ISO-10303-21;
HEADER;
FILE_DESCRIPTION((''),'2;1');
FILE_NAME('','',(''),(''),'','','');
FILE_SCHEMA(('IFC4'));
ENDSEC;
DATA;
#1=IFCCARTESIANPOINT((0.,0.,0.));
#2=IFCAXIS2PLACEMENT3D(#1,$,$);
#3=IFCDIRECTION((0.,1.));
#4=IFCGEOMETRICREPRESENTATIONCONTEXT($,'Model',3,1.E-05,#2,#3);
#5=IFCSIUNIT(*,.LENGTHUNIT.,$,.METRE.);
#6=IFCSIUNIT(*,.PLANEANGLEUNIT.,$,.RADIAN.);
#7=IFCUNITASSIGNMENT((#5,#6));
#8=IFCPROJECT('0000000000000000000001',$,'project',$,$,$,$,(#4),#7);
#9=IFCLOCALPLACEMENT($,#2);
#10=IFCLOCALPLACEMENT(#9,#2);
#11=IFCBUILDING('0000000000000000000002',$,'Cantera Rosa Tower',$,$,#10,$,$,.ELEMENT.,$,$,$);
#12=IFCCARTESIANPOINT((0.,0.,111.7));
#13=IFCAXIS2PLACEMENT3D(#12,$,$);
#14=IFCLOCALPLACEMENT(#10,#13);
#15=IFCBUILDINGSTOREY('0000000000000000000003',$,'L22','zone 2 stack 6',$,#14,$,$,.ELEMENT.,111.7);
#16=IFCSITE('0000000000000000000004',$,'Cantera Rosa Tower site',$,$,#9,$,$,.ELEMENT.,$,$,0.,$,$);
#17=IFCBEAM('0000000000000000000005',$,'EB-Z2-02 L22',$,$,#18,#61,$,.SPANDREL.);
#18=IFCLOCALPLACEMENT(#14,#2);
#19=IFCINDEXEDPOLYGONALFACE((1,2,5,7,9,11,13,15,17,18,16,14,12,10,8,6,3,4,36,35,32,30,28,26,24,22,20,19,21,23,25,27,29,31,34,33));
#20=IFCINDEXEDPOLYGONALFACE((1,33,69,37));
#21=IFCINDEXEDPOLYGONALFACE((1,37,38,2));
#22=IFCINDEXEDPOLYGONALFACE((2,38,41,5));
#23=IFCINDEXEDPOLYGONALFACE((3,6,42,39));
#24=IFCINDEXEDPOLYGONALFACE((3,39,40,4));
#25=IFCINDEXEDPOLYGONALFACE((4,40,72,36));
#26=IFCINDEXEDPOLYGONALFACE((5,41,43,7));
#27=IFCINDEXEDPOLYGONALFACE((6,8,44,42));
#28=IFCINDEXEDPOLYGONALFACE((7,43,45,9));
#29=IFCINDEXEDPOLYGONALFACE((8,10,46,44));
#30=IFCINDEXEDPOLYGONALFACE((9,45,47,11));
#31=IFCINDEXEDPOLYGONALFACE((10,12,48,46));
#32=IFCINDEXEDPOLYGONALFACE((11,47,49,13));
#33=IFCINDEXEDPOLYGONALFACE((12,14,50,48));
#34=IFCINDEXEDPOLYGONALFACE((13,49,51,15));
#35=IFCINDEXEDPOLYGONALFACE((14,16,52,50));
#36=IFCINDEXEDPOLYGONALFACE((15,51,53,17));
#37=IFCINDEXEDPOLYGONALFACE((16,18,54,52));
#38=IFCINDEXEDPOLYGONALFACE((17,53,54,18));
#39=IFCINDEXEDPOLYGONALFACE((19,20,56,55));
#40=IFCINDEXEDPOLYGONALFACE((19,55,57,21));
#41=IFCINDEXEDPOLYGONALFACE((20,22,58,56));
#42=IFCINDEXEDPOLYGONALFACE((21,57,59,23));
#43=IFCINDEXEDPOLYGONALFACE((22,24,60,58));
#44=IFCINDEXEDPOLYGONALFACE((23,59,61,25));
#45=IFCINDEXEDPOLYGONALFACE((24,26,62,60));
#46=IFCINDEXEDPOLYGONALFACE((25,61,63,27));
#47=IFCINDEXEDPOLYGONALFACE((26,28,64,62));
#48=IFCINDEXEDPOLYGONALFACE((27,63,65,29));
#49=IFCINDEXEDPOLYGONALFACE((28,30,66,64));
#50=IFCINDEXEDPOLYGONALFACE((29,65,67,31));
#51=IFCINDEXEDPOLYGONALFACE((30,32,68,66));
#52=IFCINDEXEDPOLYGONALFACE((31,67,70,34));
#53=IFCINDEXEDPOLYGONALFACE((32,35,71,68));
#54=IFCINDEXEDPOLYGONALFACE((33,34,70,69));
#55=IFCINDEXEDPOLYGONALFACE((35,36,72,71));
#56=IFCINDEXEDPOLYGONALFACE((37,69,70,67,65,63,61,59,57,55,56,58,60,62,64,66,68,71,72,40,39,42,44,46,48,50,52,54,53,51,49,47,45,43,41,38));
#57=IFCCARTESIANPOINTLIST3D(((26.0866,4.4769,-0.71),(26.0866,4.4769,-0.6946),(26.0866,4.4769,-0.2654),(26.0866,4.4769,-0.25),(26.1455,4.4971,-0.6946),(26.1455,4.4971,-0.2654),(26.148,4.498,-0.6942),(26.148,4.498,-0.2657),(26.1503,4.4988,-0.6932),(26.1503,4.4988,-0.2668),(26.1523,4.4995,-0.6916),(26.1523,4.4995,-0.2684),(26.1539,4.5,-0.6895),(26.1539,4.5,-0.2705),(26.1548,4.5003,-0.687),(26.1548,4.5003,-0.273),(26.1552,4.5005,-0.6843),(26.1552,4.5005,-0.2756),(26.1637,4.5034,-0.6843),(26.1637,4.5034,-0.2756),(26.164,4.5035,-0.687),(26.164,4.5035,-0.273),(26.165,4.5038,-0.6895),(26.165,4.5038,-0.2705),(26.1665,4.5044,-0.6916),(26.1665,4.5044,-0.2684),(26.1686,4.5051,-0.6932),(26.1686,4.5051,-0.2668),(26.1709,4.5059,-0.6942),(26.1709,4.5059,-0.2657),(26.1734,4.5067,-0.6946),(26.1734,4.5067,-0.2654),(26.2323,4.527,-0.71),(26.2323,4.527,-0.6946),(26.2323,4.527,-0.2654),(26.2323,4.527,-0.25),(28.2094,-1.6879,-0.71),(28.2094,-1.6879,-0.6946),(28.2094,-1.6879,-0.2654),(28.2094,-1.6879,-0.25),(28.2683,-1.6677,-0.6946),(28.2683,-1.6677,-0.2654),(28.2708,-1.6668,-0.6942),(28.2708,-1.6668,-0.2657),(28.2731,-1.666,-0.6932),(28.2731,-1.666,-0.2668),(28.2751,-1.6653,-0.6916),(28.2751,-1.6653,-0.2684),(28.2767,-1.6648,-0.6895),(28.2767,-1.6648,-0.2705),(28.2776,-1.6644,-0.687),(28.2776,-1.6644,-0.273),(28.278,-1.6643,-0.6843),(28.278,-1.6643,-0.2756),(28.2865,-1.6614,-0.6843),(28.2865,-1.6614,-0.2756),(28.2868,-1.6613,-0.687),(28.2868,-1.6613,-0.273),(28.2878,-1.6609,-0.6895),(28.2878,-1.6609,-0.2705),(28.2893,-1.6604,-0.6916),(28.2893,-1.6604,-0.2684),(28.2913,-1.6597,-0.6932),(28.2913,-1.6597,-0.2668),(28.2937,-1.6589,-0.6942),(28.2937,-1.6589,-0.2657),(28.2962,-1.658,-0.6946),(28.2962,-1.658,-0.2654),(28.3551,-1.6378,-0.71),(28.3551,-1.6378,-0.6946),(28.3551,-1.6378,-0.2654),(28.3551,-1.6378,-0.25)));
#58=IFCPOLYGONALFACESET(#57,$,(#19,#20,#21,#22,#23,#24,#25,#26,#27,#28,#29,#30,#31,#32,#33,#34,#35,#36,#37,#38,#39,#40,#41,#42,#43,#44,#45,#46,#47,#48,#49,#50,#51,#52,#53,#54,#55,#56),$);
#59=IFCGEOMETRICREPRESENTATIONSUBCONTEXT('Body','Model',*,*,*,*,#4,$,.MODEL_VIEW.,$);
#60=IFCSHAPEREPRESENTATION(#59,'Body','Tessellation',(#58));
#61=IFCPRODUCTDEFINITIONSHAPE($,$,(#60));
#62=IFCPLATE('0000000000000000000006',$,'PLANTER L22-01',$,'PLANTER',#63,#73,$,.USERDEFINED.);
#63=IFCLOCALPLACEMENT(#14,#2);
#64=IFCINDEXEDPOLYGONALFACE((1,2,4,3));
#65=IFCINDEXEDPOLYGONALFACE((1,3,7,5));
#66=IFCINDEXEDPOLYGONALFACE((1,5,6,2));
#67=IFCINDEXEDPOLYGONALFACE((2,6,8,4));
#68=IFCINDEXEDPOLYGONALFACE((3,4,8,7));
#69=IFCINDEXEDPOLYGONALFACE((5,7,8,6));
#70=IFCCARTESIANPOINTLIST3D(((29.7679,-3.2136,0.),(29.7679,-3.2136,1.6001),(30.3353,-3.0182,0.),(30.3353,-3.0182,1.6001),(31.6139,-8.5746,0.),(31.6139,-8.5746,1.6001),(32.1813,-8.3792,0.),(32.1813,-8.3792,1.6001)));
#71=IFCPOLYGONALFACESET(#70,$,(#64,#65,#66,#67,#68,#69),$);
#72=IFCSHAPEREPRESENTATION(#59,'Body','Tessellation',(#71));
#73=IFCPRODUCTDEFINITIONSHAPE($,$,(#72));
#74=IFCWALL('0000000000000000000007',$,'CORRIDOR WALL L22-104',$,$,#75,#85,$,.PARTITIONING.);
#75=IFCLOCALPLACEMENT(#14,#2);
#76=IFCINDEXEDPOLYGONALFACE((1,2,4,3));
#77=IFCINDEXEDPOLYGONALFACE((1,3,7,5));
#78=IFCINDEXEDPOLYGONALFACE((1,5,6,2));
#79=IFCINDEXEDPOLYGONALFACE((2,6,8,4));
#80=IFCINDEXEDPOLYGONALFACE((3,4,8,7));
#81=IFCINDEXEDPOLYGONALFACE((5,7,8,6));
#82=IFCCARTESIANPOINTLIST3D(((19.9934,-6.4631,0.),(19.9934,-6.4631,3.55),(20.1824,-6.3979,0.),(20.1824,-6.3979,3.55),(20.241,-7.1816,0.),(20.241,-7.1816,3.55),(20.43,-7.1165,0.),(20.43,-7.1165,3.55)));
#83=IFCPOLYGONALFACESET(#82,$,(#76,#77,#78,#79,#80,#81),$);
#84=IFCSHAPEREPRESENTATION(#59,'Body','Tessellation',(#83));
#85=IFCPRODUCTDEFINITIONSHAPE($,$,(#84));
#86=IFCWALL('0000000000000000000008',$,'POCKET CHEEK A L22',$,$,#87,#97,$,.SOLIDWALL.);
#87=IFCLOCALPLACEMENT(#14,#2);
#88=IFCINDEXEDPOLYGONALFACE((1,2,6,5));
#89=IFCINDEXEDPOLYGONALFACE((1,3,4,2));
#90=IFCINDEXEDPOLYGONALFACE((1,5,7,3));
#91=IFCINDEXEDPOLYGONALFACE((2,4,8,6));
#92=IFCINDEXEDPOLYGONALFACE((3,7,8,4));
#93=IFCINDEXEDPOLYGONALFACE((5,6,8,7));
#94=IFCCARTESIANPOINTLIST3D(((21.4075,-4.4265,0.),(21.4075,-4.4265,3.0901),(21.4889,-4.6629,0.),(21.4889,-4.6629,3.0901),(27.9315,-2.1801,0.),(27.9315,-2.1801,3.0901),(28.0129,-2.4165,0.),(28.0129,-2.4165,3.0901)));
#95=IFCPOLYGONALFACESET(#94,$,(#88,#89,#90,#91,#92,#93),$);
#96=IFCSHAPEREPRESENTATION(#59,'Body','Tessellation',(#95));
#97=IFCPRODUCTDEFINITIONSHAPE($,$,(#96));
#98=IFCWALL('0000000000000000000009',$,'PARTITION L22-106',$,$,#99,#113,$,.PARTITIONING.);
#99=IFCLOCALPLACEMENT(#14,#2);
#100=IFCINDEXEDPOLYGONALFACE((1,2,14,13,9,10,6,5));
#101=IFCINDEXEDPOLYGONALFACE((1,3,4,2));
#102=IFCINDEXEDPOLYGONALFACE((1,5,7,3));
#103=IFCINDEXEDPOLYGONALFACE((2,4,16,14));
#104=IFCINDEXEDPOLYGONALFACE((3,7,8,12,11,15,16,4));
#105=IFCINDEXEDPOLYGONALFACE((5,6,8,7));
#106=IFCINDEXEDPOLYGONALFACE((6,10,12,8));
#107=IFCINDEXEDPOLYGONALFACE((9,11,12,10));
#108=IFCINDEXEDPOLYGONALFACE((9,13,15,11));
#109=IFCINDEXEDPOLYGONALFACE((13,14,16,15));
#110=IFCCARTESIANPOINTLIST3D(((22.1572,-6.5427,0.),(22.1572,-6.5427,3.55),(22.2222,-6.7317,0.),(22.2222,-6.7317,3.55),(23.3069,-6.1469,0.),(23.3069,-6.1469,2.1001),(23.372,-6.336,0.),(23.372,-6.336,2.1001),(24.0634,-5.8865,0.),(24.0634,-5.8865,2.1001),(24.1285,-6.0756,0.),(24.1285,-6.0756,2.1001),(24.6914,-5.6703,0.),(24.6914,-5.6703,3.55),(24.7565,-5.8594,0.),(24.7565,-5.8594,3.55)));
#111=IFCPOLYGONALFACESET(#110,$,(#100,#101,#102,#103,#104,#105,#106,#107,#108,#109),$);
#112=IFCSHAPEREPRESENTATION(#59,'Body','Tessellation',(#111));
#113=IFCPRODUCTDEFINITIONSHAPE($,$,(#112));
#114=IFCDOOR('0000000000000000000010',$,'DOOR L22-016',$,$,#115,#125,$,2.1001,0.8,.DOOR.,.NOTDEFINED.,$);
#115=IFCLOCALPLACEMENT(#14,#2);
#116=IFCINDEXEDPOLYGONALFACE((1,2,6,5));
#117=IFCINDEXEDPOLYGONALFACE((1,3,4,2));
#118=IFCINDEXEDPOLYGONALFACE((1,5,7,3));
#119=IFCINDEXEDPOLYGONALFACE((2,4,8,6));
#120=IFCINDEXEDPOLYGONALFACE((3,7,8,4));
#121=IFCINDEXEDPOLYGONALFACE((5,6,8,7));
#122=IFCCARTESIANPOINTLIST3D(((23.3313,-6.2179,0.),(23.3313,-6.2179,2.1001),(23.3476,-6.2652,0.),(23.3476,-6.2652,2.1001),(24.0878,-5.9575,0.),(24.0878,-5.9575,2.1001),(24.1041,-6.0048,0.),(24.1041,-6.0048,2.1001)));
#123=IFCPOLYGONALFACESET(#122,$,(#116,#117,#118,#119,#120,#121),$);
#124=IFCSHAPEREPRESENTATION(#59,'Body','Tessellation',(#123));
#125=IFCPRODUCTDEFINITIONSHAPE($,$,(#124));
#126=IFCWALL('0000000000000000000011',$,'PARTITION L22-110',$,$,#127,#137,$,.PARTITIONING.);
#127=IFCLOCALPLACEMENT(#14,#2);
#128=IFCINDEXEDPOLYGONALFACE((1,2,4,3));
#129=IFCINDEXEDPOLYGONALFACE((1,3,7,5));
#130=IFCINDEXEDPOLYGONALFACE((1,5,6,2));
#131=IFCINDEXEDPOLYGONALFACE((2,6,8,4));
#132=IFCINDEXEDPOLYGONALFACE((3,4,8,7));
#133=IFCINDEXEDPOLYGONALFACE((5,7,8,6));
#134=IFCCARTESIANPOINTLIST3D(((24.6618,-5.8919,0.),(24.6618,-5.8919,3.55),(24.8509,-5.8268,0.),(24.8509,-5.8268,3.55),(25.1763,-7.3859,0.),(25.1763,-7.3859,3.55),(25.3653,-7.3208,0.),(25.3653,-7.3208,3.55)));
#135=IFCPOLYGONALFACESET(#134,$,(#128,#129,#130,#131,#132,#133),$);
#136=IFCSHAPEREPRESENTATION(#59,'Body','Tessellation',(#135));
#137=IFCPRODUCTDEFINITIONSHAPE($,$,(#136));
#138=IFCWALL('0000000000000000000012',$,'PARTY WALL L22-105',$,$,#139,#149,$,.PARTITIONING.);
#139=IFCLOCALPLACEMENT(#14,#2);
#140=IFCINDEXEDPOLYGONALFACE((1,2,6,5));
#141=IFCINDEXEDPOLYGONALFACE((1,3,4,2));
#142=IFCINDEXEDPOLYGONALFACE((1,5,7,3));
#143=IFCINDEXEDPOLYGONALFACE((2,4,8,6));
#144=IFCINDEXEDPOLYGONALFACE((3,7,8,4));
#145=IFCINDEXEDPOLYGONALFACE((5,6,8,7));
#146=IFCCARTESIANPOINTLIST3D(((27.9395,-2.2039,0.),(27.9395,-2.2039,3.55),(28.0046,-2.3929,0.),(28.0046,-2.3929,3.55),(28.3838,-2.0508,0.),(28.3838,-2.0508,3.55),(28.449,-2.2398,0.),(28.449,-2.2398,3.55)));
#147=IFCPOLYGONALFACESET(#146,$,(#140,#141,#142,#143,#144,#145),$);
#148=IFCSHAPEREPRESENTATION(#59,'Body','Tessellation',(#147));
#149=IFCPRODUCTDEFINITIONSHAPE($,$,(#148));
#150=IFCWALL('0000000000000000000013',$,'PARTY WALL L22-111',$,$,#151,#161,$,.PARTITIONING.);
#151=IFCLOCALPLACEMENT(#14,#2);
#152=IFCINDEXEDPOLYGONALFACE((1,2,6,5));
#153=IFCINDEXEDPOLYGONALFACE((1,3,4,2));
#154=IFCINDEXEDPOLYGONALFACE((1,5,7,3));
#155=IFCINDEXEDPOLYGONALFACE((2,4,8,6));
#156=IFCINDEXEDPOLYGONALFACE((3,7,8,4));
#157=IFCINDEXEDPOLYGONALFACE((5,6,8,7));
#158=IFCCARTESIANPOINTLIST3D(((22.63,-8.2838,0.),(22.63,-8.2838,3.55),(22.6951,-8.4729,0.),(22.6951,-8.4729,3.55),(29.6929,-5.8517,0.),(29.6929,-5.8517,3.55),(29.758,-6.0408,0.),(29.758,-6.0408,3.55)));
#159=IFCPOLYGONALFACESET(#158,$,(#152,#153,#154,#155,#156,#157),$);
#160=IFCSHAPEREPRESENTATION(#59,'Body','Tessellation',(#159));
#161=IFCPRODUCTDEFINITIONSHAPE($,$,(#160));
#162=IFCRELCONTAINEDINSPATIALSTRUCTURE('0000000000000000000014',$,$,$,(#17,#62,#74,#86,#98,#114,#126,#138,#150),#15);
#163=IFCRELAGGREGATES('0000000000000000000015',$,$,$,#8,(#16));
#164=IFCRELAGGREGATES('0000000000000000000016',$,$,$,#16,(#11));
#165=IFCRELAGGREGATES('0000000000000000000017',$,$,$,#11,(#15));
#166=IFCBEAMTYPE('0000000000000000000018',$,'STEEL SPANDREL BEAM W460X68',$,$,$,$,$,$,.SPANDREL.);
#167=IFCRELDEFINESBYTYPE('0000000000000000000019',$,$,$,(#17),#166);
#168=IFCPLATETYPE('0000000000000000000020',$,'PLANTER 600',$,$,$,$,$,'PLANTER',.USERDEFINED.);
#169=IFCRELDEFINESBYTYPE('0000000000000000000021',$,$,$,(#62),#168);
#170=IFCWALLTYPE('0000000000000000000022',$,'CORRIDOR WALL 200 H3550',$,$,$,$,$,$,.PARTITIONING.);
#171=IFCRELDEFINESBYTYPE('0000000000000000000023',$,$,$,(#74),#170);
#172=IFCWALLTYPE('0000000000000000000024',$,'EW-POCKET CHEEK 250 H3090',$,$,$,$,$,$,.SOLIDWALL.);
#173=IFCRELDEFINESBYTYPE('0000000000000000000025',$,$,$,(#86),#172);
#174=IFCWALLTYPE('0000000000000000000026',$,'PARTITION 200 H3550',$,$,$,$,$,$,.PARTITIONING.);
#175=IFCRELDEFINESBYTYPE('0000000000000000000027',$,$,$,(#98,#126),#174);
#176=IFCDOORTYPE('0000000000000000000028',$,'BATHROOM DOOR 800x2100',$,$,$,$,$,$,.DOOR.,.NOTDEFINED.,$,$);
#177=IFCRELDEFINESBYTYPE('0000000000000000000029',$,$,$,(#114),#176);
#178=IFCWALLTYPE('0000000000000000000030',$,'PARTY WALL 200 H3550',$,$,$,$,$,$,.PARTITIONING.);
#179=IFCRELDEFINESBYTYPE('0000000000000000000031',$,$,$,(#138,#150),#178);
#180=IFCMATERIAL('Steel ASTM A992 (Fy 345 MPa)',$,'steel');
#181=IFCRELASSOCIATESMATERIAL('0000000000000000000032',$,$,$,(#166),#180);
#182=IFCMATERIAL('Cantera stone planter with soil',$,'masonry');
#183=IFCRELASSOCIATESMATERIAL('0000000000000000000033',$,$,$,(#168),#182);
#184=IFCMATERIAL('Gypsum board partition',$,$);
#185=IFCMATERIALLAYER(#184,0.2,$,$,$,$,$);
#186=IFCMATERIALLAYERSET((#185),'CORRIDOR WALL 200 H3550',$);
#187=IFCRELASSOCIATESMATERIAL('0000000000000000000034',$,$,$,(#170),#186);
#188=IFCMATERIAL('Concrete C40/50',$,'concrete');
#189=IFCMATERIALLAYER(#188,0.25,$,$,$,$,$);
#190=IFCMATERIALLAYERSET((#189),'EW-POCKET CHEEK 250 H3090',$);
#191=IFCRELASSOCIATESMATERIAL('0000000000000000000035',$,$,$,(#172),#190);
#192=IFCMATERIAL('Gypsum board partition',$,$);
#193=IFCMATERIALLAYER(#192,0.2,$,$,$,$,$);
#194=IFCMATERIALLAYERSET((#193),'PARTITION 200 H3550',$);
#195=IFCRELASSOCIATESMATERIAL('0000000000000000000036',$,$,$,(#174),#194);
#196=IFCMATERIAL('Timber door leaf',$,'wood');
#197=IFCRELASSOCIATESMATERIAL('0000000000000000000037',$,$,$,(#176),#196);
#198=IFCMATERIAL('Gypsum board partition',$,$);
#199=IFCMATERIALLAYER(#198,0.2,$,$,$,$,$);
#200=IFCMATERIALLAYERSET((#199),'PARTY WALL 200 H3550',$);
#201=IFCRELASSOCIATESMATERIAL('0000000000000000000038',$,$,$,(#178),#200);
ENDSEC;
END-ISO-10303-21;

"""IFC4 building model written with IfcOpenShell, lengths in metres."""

from ifc_helpers import new_model, si_unit, direction, frame, frame_2d, origin, origin_2d, place, context, subcontext, project, spatial, rectangle, i_section, extrude, material, layer, layer_set, material_profile, profile_set, type_object, element, fill, save


model = new_model("IFC4")

# Units and contexts
model_context = context("Model", 3, precision=1e-05, world=origin(), true_north=direction((0.0, 1.0)))
body_context = subcontext(model_context, "Body", "Model", "MODEL_VIEW")
ifc_project = project(units=[si_unit("LENGTHUNIT", "METRE"), si_unit("PLANEANGLEUNIT", "RADIAN")], contexts=[model_context])

# Site, building, storey
site_placement = place(None, origin())
site = spatial("IfcSite", under=ifc_project, at=site_placement, Name="Cantera Rosa Tower site", CompositionType="ELEMENT", RefElevation=0.0)
building_placement = place(site_placement, origin())
building = spatial("IfcBuilding", under=site, at=building_placement, Name="Cantera Rosa Tower", CompositionType="ELEMENT")
storey_placement = place(building_placement, frame((0.0, 0.0, 111.7)))
storey = spatial("IfcBuildingStorey", under=building, at=storey_placement, Name="L22", Description="zone 2 stack 6", CompositionType="ELEMENT", Elevation=111.7)

# Beam
ifc_material_1 = material(Name="Steel ASTM A992 (Fy 345 MPa)", Category="steel")
ifc_material_profile_1 = material_profile(ifc_material_1, i_section(OverallWidth=0.1541, OverallDepth=0.46, WebThickness=0.009, FlangeThickness=0.0154, FilletRadius=0.0103, at=origin_2d()), Name="W460X68")
ifc_profile_set_1 = profile_set([ifc_material_profile_1], Name="Steel ASTM A992 (Fy 345 MPa)")
beam_type_1 = type_object("IfcBeamType", Name="STEEL SPANDREL BEAM W460X68", PredefinedType="SPANDREL", material=ifc_profile_set_1)
beam_1_placement = place(storey_placement, frame((28.2822, -1.6628, -0.48), z_axis=(-0.325581, 0.945514, 0.0), x_axis=(-0.945514, -0.325581, 0.0)))
element("IfcBeam", 1, at=beam_1_placement, inside=storey, type_object=beam_type_1, Name="EB-Z2-02 L22", PredefinedType="SPANDREL", context=body_context, shape_type="SweptSolid", body=[
    extrude(i_section(OverallWidth=0.1541, OverallDepth=0.46, WebThickness=0.009, FlangeThickness=0.0154, FilletRadius=0.0103, at=origin_2d()), origin(), (0.0, 0.0, 1.0), 6.52),
])

# Plate
ifc_material_2 = material(Name="Cantera stone planter with soil", Category="masonry")
plate_type = type_object("IfcPlateType", Name="PLANTER 600", ElementType="PLANTER", PredefinedType="USERDEFINED", material=ifc_material_2)
plate_placement = place(storey_placement, frame((30.9746, -5.7964, 0.0), z_axis=(0.0, 0.0, 1.0), x_axis=(-0.325568, 0.945519, 0.0)))
element("IfcPlate", 2, at=plate_placement, inside=storey, type_object=plate_type, Name="PLANTER L22-01", ObjectType="PLANTER", PredefinedType="USERDEFINED", context=body_context, shape_type="SweptSolid", body=[
    extrude(rectangle(XDim=5.6699, YDim=0.6001, at=origin_2d()), origin(), (0.0, 0.0, 1.0), 1.6001),
])

# Walls
ifc_material_3 = material(Name="Gypsum board partition")
ifc_layer_1 = layer(ifc_material_3, 0.2)
ifc_layer_set_1 = layer_set([ifc_layer_1], Name="CORRIDOR WALL 200 H3550")
wall_type_1 = type_object("IfcWallType", Name="CORRIDOR WALL 200 H3550", PredefinedType="PARTITIONING", material=ifc_layer_set_1)
wall_1_placement = place(storey_placement, frame((20.3354, -7.1489, 0.0), z_axis=(0.0, 0.0, 1.0), x_axis=(-0.325753, 0.945455, 0.0)))
element("IfcWall", 3, at=wall_1_placement, inside=storey, type_object=wall_type_1, Name="CORRIDOR WALL L22-104", PredefinedType="PARTITIONING", context=body_context, shape_type="SweptSolid", body=[
    extrude(rectangle(XDim=0.76, YDim=0.2, at=frame_2d((0.3799, 0.0))), origin(), (0.0, 0.0, 1.0), 3.55),
])
ifc_material_4 = material(Name="Concrete C40/50", Category="concrete")
ifc_layer_2 = layer(ifc_material_4, 0.25)
ifc_layer_set_2 = layer_set([ifc_layer_2], Name="EW-POCKET CHEEK 250 H3090")
wall_type_2 = type_object("IfcWallType", Name="EW-POCKET CHEEK 250 H3090", PredefinedType="SOLIDWALL", material=ifc_layer_set_2)
wall_2_placement = place(storey_placement, frame((27.9722, -2.2983, 0.0), z_axis=(0.0, 0.0, 1.0), x_axis=(-0.94552, -0.325564, 0.0)))
element("IfcWall", 4, at=wall_2_placement, inside=storey, type_object=wall_type_2, Name="POCKET CHEEK A L22", PredefinedType="SOLIDWALL", context=body_context, shape_type="SweptSolid", body=[
    extrude(rectangle(XDim=6.8999, YDim=0.25, at=frame_2d((3.45, 0.0))), origin(), (0.0, 0.0, 1.0), 3.0901),
])

# Wall, opening, door
ifc_material_5 = material(Name="Gypsum board partition")
ifc_layer_3 = layer(ifc_material_5, 0.2)
ifc_layer_set_3 = layer_set([ifc_layer_3], Name="PARTITION 200 H3550")
wall_type_3 = type_object("IfcWallType", Name="PARTITION 200 H3550", PredefinedType="PARTITIONING", material=ifc_layer_set_3)
wall_3_placement = place(storey_placement, frame((22.1897, -6.6372, 0.0), z_axis=(0.0, 0.0, 1.0), x_axis=(0.94555, 0.325477, 0.0)))
wall_3 = element("IfcWall", 5, at=wall_3_placement, inside=storey, type_object=wall_type_3, Name="PARTITION L22-106", PredefinedType="PARTITIONING", context=body_context, shape_type="SweptSolid", body=[
    extrude(rectangle(XDim=2.6802, YDim=0.2, at=frame_2d((1.3401, 0.0))), origin(), (0.0, 0.0, 1.0), 3.55),
])
opening_1_placement = place(wall_3_placement, frame((1.2161, 0.0, 0.0)))
opening_1 = element("IfcOpeningElement", 6, at=opening_1_placement, cuts=wall_3, PredefinedType="OPENING", context=body_context, shape_type="SweptSolid", body=[
    extrude(rectangle(XDim=0.8, YDim=2.1001, at=frame_2d((0.3999, 1.05))), frame((0.0, 0.1099, 0.0), z_axis=(0.0, -1.0, 0.0), x_axis=(1.0, 0.0, 0.0)), (0.0, 0.0, 1.0), 0.22),
])
ifc_material_6 = material(Name="Timber door leaf", Category="wood")
door_type_1 = type_object("IfcDoorType", Name="BATHROOM DOOR 800x2100", OperationType="NOTDEFINED", PredefinedType="DOOR", material=ifc_material_6)
door_1_placement = place(opening_1_placement, origin())
door_1 = element("IfcDoor", 7, at=door_1_placement, inside=storey, type_object=door_type_1, Name="DOOR L22-016", OperationType="NOTDEFINED", OverallHeight=2.1001, OverallWidth=0.8, PredefinedType="DOOR", context=body_context, shape_type="SweptSolid", body=[
    extrude(rectangle(XDim=0.8, YDim=2.1001, at=frame_2d((0.3999, 1.05))), frame((0.0, 0.0249, 0.0), z_axis=(0.0, -1.0, 0.0), x_axis=(1.0, 0.0, 0.0)), (0.0, 0.0, 1.0), 0.05),
])
fill(opening_1, door_1)

# Walls
wall_4_placement = place(storey_placement, frame((24.7563, -5.8594, 0.0), z_axis=(0.0, 0.0, 1.0), x_axis=(0.325576, -0.945516, 0.0)))
element("IfcWall", 8, at=wall_4_placement, inside=storey, type_object=wall_type_3, Name="PARTITION L22-110", PredefinedType="PARTITIONING", context=body_context, shape_type="SweptSolid", body=[
    extrude(rectangle(XDim=1.5801, YDim=0.2, at=frame_2d((0.79, 0.0))), origin(), (0.0, 0.0, 1.0), 3.55),
])
ifc_material_7 = material(Name="Gypsum board partition")
ifc_layer_4 = layer(ifc_material_7, 0.2)
ifc_layer_set_4 = layer_set([ifc_layer_4], Name="PARTY WALL 200 H3550")
wall_type_4 = type_object("IfcWallType", Name="PARTY WALL 200 H3550", PredefinedType="PARTITIONING", material=ifc_layer_set_4)
wall_5_placement = place(storey_placement, frame((27.9722, -2.2983, 0.0), z_axis=(0.0, 0.0, 1.0), x_axis=(0.945467, 0.325719, 0.0)))
element("IfcWall", 9, at=wall_5_placement, inside=storey, type_object=wall_type_4, Name="PARTY WALL L22-105", PredefinedType="PARTITIONING", context=body_context, shape_type="SweptSolid", body=[
    extrude(rectangle(XDim=0.47, YDim=0.2, at=frame_2d((0.2349, 0.0))), origin(), (0.0, 0.0, 1.0), 3.55),
])
wall_6_placement = place(storey_placement, frame((29.7253, -5.9463, 0.0), z_axis=(0.0, 0.0, 1.0), x_axis=(-0.945513, -0.325586, 0.0)))
element("IfcWall", 10, at=wall_6_placement, inside=storey, type_object=wall_type_4, Name="PARTY WALL L22-111", PredefinedType="PARTITIONING", context=body_context, shape_type="SweptSolid", body=[
    extrude(rectangle(XDim=7.47, YDim=0.2, at=frame_2d((3.7349, 0.0))), origin(), (0.0, 0.0, 1.0), 3.55),
])

save(model, "model.ifc")
